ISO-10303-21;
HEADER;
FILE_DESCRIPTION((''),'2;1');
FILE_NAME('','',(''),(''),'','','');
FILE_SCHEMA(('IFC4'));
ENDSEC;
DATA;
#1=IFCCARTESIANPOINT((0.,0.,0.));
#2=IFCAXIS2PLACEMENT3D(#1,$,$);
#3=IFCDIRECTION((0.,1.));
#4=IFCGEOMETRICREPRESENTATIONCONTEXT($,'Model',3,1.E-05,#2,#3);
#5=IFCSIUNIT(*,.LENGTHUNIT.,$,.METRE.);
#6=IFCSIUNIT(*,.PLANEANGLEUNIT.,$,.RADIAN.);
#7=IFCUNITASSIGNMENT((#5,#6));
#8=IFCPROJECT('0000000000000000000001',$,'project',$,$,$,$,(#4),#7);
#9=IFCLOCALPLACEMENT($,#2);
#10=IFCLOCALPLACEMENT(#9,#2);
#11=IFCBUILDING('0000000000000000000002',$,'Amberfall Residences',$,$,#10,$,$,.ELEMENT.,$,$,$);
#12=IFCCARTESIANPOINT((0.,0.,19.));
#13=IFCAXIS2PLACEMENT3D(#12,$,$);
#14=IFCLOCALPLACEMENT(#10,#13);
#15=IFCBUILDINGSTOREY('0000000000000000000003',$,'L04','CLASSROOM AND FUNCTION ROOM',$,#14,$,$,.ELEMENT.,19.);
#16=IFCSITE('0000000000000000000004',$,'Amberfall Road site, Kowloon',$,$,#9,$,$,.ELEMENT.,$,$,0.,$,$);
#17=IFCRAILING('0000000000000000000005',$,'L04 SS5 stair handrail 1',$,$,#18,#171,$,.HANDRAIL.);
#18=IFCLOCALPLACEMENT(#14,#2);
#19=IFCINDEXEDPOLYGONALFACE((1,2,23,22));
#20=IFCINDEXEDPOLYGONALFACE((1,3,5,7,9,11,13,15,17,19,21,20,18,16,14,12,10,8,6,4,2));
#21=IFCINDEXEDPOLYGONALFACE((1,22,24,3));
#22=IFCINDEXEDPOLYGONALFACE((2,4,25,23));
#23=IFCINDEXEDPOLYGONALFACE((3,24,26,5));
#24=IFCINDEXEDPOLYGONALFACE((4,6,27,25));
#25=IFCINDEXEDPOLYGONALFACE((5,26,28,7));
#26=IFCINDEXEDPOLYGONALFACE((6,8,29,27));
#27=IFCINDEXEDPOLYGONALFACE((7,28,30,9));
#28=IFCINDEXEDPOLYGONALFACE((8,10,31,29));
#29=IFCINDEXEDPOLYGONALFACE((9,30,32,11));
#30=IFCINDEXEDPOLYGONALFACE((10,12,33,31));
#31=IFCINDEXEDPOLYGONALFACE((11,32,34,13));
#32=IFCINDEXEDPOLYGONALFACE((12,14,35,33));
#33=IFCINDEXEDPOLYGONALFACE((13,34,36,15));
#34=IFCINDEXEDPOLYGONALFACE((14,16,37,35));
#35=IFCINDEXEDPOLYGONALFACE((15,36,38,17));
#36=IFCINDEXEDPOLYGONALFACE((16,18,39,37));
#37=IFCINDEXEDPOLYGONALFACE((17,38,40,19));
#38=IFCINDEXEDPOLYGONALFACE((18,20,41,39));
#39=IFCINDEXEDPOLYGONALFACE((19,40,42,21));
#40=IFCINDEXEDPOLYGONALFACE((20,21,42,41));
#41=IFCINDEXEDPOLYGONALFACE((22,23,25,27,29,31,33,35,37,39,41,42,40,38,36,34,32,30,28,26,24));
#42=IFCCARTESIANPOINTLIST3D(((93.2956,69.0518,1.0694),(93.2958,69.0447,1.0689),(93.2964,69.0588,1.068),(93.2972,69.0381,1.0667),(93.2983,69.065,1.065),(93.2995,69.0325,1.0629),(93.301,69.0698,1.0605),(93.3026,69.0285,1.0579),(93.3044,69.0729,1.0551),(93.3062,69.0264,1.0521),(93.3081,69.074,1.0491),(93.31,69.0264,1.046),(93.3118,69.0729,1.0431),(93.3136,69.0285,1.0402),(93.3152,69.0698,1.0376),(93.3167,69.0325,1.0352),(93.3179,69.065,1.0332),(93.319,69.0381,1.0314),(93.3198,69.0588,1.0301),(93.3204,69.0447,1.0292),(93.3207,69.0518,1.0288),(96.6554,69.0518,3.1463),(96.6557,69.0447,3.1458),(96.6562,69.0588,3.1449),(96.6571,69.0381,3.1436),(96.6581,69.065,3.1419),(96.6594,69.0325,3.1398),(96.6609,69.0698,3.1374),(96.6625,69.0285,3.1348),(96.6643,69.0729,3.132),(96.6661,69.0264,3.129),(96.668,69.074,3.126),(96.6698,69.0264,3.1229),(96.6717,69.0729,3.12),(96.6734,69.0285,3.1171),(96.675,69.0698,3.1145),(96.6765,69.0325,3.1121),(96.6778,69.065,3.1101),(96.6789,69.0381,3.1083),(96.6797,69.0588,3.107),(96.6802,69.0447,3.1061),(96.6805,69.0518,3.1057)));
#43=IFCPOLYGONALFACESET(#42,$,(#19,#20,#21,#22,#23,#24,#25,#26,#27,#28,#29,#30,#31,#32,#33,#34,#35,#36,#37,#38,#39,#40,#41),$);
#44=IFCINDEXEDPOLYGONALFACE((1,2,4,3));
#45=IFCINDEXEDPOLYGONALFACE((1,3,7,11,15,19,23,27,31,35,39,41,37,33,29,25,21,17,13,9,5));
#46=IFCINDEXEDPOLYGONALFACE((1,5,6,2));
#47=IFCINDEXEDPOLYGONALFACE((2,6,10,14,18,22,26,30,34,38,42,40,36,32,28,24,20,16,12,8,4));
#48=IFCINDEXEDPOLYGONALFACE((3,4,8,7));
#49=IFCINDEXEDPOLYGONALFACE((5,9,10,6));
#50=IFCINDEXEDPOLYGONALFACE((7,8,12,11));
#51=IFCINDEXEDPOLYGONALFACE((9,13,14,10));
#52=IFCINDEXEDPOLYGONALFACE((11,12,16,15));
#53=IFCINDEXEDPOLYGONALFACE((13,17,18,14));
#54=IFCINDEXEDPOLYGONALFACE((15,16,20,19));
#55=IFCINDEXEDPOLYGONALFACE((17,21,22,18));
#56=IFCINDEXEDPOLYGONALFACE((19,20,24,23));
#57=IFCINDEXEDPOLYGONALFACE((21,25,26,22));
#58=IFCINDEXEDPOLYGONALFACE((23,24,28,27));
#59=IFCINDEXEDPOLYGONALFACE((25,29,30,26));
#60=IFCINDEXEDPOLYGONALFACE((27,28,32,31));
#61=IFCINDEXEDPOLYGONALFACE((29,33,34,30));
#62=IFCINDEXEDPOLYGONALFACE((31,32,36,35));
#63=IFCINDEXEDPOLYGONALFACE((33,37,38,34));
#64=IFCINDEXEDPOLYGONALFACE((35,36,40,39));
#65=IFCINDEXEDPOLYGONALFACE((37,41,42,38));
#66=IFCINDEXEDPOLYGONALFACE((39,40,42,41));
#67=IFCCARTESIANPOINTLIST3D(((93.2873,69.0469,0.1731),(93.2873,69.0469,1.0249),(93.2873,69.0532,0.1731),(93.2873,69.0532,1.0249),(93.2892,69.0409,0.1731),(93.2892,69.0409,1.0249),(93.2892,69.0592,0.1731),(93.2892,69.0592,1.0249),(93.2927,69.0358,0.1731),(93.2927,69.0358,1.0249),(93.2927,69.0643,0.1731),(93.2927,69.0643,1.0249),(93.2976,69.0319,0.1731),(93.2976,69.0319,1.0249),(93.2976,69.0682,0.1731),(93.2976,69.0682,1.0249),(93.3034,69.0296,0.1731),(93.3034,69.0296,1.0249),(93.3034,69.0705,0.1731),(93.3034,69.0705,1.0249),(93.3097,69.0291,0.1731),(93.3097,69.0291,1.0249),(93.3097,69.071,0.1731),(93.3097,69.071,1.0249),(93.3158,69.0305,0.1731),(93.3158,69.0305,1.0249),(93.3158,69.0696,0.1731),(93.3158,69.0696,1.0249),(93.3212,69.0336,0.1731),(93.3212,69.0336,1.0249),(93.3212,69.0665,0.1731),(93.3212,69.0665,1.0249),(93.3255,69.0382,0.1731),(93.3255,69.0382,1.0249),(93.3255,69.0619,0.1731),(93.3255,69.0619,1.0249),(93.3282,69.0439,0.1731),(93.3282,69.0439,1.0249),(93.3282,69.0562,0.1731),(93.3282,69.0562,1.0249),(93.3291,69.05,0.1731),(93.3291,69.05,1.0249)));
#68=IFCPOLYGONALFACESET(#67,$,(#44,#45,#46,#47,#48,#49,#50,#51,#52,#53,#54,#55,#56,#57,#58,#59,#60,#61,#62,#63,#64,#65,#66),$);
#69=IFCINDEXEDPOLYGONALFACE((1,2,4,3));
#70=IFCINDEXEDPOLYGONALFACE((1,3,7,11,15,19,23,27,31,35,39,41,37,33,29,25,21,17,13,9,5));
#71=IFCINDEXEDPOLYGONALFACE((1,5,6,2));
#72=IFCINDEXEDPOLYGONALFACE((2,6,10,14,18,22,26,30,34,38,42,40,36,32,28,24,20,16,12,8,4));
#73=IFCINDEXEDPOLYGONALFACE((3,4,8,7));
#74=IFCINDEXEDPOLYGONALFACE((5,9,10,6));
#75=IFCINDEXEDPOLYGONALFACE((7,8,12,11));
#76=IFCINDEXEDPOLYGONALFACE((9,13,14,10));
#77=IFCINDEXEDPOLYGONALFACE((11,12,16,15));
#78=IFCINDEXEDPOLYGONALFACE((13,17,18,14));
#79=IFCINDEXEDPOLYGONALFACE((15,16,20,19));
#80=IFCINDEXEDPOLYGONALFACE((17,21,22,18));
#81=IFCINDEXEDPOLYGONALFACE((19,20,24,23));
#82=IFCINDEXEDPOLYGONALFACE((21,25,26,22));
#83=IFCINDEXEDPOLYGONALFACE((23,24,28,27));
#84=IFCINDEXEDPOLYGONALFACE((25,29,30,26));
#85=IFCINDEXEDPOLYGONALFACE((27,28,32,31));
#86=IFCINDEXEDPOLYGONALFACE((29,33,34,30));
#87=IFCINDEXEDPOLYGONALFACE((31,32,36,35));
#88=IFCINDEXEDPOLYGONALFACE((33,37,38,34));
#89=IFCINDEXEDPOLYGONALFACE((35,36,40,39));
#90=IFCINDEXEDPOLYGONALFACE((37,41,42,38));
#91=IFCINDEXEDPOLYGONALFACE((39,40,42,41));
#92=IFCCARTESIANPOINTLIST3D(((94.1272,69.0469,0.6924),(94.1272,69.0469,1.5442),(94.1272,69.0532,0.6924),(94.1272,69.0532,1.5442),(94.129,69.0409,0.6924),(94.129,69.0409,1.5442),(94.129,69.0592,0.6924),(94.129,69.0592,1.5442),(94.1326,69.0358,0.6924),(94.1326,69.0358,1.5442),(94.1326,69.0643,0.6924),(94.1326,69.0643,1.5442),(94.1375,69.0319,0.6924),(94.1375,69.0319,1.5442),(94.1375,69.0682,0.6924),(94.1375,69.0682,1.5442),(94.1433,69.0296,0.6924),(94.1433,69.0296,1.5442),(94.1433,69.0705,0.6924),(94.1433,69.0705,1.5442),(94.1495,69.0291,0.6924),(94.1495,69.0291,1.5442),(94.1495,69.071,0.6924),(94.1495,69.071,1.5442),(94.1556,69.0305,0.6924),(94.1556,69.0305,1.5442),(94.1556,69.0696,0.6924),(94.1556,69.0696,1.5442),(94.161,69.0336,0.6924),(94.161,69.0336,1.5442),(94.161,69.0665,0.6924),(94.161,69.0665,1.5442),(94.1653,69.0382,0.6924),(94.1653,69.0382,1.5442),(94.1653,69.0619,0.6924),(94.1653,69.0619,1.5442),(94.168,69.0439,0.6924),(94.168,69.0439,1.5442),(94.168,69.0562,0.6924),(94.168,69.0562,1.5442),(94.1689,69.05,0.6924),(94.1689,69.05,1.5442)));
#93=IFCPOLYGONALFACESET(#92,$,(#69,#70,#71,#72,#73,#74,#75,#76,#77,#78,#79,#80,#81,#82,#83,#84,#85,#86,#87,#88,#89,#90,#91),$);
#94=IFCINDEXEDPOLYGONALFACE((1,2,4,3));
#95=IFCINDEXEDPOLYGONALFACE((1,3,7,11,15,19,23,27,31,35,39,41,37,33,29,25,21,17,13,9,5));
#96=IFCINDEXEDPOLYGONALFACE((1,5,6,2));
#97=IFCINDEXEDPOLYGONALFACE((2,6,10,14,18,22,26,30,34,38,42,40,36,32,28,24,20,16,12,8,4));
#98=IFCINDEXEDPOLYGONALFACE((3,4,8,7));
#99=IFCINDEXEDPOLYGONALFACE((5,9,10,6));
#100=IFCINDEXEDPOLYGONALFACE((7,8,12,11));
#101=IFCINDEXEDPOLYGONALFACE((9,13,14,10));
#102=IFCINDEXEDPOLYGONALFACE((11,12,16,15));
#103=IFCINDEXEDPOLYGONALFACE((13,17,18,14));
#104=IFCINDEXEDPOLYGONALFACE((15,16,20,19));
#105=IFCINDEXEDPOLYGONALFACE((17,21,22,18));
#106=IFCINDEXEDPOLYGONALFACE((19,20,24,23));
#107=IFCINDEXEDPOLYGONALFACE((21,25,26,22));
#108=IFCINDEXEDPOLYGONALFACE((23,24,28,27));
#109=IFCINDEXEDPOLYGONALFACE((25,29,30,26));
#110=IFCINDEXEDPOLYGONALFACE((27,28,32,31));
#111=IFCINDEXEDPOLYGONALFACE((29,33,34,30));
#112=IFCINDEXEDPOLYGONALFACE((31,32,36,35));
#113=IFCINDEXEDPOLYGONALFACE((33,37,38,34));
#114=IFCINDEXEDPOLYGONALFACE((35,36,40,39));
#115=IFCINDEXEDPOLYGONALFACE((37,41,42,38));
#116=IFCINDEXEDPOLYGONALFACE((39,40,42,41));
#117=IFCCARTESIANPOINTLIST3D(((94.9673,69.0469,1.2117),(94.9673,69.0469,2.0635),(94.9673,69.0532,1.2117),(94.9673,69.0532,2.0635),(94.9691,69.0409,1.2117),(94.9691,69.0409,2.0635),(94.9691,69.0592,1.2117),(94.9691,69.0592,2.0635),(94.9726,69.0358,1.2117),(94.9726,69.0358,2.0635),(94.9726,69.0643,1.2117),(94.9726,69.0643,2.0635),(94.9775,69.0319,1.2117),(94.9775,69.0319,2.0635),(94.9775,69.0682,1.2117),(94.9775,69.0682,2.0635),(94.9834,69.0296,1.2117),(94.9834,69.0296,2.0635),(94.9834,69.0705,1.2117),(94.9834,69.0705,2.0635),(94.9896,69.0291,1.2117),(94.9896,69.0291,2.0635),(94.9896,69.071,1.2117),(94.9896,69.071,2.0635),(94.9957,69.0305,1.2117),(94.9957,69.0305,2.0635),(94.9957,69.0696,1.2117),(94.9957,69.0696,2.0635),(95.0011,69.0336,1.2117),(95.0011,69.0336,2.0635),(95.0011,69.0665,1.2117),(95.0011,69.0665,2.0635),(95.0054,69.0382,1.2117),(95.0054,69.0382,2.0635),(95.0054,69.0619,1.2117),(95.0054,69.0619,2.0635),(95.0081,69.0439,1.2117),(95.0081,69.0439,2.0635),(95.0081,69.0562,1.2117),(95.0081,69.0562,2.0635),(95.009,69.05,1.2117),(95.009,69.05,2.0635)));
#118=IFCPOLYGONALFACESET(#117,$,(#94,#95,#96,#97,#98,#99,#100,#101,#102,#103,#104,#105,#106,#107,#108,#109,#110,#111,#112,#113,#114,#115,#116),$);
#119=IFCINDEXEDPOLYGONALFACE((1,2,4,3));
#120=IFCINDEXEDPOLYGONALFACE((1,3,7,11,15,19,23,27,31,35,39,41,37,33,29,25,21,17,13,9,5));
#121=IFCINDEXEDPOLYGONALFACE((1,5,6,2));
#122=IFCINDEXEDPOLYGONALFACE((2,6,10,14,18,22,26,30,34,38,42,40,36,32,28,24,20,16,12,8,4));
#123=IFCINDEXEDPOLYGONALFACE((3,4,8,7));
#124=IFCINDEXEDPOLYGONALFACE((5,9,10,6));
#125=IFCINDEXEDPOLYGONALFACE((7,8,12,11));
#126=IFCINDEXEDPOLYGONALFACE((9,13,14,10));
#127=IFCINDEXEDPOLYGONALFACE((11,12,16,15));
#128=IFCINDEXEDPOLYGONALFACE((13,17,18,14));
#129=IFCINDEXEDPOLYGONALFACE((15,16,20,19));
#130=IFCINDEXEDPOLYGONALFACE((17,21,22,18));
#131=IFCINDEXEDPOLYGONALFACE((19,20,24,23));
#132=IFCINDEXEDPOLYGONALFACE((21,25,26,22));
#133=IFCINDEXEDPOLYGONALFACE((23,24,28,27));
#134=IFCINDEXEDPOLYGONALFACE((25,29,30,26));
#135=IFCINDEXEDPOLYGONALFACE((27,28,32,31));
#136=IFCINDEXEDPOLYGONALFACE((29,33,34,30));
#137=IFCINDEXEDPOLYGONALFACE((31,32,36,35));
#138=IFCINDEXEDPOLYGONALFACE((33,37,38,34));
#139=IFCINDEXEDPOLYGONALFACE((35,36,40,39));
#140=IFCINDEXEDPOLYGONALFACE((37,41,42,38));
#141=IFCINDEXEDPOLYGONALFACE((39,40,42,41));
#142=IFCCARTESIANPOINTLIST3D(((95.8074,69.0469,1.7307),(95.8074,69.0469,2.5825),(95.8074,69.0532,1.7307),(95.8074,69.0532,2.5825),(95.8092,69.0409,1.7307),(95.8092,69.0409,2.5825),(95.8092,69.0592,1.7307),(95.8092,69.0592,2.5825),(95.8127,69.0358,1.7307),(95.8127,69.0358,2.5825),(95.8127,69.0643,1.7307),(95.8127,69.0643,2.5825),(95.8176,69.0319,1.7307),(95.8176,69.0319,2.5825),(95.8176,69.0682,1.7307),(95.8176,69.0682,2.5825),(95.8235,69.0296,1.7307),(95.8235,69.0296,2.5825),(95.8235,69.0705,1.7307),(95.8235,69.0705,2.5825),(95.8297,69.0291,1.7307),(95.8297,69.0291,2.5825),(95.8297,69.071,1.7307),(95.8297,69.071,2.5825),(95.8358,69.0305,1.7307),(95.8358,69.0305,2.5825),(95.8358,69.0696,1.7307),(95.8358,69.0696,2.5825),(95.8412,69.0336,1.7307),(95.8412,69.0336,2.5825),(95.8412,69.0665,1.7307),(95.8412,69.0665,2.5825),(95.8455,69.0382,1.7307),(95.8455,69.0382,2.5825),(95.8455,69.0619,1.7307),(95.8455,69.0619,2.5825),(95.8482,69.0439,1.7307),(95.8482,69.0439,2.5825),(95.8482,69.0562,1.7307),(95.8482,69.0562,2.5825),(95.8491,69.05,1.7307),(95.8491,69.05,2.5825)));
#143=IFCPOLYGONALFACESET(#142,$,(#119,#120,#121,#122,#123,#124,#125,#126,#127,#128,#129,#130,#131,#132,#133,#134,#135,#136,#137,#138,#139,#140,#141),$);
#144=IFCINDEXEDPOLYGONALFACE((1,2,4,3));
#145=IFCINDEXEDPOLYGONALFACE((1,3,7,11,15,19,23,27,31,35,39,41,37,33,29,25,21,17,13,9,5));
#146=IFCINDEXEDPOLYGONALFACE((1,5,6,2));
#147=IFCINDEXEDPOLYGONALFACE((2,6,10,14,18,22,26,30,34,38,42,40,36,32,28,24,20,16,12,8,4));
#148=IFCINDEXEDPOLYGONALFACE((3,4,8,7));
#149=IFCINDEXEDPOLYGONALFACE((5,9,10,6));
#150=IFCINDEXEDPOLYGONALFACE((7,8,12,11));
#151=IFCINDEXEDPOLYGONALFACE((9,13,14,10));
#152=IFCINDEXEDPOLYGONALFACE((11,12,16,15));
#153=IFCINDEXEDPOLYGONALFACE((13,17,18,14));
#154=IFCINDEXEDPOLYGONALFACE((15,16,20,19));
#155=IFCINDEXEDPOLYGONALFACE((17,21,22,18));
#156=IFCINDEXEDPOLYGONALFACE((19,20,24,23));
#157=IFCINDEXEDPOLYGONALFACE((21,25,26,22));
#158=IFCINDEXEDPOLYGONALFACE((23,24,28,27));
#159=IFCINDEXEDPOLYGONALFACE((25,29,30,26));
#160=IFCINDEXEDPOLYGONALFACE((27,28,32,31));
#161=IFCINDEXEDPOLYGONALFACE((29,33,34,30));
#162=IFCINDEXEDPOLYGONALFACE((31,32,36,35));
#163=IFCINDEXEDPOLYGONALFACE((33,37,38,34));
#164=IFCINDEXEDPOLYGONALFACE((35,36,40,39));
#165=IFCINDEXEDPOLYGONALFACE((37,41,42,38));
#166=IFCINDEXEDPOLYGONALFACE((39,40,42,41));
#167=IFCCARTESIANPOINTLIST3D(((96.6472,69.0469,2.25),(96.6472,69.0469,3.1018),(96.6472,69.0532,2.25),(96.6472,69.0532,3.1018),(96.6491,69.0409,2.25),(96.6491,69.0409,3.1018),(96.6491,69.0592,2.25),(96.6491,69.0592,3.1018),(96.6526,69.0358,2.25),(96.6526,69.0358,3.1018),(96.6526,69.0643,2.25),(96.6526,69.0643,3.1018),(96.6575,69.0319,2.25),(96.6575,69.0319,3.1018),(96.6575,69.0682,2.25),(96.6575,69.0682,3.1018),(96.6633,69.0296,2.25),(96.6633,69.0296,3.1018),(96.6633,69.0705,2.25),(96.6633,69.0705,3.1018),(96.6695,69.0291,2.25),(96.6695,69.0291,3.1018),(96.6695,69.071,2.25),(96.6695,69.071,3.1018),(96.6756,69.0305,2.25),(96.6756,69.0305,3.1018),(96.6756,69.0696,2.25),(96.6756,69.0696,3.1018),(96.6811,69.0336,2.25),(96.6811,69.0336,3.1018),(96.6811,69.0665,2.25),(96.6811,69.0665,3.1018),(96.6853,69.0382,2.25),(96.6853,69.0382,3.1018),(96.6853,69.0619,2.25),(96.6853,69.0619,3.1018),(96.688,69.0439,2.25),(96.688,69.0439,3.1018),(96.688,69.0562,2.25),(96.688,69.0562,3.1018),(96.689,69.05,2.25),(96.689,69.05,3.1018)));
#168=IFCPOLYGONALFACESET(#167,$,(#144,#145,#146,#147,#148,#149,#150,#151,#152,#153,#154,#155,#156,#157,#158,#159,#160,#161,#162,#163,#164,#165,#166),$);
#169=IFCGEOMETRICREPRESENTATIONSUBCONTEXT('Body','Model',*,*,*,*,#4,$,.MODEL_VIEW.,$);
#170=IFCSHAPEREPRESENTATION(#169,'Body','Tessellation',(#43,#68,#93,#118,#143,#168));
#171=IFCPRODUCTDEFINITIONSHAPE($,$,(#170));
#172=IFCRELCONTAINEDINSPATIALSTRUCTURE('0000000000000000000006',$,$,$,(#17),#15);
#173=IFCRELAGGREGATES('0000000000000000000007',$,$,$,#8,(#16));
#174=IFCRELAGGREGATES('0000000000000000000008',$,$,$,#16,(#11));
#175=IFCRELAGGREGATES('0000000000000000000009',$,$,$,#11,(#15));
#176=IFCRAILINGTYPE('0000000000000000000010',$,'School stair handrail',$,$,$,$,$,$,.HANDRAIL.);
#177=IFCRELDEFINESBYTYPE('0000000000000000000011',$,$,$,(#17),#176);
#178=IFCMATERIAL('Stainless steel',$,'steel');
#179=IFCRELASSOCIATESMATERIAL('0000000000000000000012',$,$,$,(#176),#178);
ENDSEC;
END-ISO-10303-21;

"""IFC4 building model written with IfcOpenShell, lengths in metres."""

from ifc_helpers import new_model, si_unit, direction, frame, origin, origin_2d, place, context, subcontext, project, spatial, circle, extrude, material, type_object, element, save


model = new_model("IFC4")

# Units and contexts
model_context = context("Model", 3, precision=1e-05, world=origin(), true_north=direction((0.0, 1.0)))
body_context = subcontext(model_context, "Body", "Model", "MODEL_VIEW")
ifc_project = project(units=[si_unit("LENGTHUNIT", "METRE"), si_unit("PLANEANGLEUNIT", "RADIAN")], contexts=[model_context])

# Site, building, storey
site_placement = place(None, origin())
site = spatial("IfcSite", under=ifc_project, at=site_placement, Name="Amberfall Road site, Kowloon", CompositionType="ELEMENT", RefElevation=0.0)
building_placement = place(site_placement, origin())
building = spatial("IfcBuilding", under=site, at=building_placement, Name="Amberfall Residences", CompositionType="ELEMENT")
storey_placement = place(building_placement, frame((0.0, 0.0, 19.0)))
storey = spatial("IfcBuildingStorey", under=building, at=storey_placement, Name="L04", Description="CLASSROOM AND FUNCTION ROOM", CompositionType="ELEMENT", Elevation=19.0)

# Railing
ifc_material_1 = material(Name="Stainless steel", Category="steel")
railing_type_1 = type_object("IfcRailingType", Name="School stair handrail", PredefinedType="HANDRAIL", material=ifc_material_1)
railing_1_placement = place(storey_placement, frame((93.3081, 69.05, 0.1731)))
element("IfcRailing", 1, at=railing_1_placement, inside=storey, type_object=railing_type_1, Name="L04 SS5 stair handrail 1", PredefinedType="HANDRAIL", context=body_context, shape_type="SweptSolid", body=[
    extrude(circle(Radius=0.0239, at=origin_2d()), frame((0.0, 0.0, 0.876), z_axis=(0.850606, 0.0, 0.525803), x_axis=(0.0, 1.0, 0.0)), (0.0, 0.0, 1.0), 3.95),
    extrude(circle(Radius=0.021, at=origin_2d()), origin(), (0.0, 0.0, 1.0), 0.8518),
    extrude(circle(Radius=0.021, at=origin_2d()), frame((0.8398, 0.0, 0.5193)), (0.0, 0.0, 1.0), 0.8518),
    extrude(circle(Radius=0.021, at=origin_2d()), frame((1.6799, 0.0, 1.0386)), (0.0, 0.0, 1.0), 0.8518),
    extrude(circle(Radius=0.021, at=origin_2d()), frame((2.52, 0.0, 1.5576)), (0.0, 0.0, 1.0), 0.8518),
    extrude(circle(Radius=0.021, at=origin_2d()), frame((3.3599, 0.0, 2.0769)), (0.0, 0.0, 1.0), 0.8518),
])

save(model, "model.ifc")
